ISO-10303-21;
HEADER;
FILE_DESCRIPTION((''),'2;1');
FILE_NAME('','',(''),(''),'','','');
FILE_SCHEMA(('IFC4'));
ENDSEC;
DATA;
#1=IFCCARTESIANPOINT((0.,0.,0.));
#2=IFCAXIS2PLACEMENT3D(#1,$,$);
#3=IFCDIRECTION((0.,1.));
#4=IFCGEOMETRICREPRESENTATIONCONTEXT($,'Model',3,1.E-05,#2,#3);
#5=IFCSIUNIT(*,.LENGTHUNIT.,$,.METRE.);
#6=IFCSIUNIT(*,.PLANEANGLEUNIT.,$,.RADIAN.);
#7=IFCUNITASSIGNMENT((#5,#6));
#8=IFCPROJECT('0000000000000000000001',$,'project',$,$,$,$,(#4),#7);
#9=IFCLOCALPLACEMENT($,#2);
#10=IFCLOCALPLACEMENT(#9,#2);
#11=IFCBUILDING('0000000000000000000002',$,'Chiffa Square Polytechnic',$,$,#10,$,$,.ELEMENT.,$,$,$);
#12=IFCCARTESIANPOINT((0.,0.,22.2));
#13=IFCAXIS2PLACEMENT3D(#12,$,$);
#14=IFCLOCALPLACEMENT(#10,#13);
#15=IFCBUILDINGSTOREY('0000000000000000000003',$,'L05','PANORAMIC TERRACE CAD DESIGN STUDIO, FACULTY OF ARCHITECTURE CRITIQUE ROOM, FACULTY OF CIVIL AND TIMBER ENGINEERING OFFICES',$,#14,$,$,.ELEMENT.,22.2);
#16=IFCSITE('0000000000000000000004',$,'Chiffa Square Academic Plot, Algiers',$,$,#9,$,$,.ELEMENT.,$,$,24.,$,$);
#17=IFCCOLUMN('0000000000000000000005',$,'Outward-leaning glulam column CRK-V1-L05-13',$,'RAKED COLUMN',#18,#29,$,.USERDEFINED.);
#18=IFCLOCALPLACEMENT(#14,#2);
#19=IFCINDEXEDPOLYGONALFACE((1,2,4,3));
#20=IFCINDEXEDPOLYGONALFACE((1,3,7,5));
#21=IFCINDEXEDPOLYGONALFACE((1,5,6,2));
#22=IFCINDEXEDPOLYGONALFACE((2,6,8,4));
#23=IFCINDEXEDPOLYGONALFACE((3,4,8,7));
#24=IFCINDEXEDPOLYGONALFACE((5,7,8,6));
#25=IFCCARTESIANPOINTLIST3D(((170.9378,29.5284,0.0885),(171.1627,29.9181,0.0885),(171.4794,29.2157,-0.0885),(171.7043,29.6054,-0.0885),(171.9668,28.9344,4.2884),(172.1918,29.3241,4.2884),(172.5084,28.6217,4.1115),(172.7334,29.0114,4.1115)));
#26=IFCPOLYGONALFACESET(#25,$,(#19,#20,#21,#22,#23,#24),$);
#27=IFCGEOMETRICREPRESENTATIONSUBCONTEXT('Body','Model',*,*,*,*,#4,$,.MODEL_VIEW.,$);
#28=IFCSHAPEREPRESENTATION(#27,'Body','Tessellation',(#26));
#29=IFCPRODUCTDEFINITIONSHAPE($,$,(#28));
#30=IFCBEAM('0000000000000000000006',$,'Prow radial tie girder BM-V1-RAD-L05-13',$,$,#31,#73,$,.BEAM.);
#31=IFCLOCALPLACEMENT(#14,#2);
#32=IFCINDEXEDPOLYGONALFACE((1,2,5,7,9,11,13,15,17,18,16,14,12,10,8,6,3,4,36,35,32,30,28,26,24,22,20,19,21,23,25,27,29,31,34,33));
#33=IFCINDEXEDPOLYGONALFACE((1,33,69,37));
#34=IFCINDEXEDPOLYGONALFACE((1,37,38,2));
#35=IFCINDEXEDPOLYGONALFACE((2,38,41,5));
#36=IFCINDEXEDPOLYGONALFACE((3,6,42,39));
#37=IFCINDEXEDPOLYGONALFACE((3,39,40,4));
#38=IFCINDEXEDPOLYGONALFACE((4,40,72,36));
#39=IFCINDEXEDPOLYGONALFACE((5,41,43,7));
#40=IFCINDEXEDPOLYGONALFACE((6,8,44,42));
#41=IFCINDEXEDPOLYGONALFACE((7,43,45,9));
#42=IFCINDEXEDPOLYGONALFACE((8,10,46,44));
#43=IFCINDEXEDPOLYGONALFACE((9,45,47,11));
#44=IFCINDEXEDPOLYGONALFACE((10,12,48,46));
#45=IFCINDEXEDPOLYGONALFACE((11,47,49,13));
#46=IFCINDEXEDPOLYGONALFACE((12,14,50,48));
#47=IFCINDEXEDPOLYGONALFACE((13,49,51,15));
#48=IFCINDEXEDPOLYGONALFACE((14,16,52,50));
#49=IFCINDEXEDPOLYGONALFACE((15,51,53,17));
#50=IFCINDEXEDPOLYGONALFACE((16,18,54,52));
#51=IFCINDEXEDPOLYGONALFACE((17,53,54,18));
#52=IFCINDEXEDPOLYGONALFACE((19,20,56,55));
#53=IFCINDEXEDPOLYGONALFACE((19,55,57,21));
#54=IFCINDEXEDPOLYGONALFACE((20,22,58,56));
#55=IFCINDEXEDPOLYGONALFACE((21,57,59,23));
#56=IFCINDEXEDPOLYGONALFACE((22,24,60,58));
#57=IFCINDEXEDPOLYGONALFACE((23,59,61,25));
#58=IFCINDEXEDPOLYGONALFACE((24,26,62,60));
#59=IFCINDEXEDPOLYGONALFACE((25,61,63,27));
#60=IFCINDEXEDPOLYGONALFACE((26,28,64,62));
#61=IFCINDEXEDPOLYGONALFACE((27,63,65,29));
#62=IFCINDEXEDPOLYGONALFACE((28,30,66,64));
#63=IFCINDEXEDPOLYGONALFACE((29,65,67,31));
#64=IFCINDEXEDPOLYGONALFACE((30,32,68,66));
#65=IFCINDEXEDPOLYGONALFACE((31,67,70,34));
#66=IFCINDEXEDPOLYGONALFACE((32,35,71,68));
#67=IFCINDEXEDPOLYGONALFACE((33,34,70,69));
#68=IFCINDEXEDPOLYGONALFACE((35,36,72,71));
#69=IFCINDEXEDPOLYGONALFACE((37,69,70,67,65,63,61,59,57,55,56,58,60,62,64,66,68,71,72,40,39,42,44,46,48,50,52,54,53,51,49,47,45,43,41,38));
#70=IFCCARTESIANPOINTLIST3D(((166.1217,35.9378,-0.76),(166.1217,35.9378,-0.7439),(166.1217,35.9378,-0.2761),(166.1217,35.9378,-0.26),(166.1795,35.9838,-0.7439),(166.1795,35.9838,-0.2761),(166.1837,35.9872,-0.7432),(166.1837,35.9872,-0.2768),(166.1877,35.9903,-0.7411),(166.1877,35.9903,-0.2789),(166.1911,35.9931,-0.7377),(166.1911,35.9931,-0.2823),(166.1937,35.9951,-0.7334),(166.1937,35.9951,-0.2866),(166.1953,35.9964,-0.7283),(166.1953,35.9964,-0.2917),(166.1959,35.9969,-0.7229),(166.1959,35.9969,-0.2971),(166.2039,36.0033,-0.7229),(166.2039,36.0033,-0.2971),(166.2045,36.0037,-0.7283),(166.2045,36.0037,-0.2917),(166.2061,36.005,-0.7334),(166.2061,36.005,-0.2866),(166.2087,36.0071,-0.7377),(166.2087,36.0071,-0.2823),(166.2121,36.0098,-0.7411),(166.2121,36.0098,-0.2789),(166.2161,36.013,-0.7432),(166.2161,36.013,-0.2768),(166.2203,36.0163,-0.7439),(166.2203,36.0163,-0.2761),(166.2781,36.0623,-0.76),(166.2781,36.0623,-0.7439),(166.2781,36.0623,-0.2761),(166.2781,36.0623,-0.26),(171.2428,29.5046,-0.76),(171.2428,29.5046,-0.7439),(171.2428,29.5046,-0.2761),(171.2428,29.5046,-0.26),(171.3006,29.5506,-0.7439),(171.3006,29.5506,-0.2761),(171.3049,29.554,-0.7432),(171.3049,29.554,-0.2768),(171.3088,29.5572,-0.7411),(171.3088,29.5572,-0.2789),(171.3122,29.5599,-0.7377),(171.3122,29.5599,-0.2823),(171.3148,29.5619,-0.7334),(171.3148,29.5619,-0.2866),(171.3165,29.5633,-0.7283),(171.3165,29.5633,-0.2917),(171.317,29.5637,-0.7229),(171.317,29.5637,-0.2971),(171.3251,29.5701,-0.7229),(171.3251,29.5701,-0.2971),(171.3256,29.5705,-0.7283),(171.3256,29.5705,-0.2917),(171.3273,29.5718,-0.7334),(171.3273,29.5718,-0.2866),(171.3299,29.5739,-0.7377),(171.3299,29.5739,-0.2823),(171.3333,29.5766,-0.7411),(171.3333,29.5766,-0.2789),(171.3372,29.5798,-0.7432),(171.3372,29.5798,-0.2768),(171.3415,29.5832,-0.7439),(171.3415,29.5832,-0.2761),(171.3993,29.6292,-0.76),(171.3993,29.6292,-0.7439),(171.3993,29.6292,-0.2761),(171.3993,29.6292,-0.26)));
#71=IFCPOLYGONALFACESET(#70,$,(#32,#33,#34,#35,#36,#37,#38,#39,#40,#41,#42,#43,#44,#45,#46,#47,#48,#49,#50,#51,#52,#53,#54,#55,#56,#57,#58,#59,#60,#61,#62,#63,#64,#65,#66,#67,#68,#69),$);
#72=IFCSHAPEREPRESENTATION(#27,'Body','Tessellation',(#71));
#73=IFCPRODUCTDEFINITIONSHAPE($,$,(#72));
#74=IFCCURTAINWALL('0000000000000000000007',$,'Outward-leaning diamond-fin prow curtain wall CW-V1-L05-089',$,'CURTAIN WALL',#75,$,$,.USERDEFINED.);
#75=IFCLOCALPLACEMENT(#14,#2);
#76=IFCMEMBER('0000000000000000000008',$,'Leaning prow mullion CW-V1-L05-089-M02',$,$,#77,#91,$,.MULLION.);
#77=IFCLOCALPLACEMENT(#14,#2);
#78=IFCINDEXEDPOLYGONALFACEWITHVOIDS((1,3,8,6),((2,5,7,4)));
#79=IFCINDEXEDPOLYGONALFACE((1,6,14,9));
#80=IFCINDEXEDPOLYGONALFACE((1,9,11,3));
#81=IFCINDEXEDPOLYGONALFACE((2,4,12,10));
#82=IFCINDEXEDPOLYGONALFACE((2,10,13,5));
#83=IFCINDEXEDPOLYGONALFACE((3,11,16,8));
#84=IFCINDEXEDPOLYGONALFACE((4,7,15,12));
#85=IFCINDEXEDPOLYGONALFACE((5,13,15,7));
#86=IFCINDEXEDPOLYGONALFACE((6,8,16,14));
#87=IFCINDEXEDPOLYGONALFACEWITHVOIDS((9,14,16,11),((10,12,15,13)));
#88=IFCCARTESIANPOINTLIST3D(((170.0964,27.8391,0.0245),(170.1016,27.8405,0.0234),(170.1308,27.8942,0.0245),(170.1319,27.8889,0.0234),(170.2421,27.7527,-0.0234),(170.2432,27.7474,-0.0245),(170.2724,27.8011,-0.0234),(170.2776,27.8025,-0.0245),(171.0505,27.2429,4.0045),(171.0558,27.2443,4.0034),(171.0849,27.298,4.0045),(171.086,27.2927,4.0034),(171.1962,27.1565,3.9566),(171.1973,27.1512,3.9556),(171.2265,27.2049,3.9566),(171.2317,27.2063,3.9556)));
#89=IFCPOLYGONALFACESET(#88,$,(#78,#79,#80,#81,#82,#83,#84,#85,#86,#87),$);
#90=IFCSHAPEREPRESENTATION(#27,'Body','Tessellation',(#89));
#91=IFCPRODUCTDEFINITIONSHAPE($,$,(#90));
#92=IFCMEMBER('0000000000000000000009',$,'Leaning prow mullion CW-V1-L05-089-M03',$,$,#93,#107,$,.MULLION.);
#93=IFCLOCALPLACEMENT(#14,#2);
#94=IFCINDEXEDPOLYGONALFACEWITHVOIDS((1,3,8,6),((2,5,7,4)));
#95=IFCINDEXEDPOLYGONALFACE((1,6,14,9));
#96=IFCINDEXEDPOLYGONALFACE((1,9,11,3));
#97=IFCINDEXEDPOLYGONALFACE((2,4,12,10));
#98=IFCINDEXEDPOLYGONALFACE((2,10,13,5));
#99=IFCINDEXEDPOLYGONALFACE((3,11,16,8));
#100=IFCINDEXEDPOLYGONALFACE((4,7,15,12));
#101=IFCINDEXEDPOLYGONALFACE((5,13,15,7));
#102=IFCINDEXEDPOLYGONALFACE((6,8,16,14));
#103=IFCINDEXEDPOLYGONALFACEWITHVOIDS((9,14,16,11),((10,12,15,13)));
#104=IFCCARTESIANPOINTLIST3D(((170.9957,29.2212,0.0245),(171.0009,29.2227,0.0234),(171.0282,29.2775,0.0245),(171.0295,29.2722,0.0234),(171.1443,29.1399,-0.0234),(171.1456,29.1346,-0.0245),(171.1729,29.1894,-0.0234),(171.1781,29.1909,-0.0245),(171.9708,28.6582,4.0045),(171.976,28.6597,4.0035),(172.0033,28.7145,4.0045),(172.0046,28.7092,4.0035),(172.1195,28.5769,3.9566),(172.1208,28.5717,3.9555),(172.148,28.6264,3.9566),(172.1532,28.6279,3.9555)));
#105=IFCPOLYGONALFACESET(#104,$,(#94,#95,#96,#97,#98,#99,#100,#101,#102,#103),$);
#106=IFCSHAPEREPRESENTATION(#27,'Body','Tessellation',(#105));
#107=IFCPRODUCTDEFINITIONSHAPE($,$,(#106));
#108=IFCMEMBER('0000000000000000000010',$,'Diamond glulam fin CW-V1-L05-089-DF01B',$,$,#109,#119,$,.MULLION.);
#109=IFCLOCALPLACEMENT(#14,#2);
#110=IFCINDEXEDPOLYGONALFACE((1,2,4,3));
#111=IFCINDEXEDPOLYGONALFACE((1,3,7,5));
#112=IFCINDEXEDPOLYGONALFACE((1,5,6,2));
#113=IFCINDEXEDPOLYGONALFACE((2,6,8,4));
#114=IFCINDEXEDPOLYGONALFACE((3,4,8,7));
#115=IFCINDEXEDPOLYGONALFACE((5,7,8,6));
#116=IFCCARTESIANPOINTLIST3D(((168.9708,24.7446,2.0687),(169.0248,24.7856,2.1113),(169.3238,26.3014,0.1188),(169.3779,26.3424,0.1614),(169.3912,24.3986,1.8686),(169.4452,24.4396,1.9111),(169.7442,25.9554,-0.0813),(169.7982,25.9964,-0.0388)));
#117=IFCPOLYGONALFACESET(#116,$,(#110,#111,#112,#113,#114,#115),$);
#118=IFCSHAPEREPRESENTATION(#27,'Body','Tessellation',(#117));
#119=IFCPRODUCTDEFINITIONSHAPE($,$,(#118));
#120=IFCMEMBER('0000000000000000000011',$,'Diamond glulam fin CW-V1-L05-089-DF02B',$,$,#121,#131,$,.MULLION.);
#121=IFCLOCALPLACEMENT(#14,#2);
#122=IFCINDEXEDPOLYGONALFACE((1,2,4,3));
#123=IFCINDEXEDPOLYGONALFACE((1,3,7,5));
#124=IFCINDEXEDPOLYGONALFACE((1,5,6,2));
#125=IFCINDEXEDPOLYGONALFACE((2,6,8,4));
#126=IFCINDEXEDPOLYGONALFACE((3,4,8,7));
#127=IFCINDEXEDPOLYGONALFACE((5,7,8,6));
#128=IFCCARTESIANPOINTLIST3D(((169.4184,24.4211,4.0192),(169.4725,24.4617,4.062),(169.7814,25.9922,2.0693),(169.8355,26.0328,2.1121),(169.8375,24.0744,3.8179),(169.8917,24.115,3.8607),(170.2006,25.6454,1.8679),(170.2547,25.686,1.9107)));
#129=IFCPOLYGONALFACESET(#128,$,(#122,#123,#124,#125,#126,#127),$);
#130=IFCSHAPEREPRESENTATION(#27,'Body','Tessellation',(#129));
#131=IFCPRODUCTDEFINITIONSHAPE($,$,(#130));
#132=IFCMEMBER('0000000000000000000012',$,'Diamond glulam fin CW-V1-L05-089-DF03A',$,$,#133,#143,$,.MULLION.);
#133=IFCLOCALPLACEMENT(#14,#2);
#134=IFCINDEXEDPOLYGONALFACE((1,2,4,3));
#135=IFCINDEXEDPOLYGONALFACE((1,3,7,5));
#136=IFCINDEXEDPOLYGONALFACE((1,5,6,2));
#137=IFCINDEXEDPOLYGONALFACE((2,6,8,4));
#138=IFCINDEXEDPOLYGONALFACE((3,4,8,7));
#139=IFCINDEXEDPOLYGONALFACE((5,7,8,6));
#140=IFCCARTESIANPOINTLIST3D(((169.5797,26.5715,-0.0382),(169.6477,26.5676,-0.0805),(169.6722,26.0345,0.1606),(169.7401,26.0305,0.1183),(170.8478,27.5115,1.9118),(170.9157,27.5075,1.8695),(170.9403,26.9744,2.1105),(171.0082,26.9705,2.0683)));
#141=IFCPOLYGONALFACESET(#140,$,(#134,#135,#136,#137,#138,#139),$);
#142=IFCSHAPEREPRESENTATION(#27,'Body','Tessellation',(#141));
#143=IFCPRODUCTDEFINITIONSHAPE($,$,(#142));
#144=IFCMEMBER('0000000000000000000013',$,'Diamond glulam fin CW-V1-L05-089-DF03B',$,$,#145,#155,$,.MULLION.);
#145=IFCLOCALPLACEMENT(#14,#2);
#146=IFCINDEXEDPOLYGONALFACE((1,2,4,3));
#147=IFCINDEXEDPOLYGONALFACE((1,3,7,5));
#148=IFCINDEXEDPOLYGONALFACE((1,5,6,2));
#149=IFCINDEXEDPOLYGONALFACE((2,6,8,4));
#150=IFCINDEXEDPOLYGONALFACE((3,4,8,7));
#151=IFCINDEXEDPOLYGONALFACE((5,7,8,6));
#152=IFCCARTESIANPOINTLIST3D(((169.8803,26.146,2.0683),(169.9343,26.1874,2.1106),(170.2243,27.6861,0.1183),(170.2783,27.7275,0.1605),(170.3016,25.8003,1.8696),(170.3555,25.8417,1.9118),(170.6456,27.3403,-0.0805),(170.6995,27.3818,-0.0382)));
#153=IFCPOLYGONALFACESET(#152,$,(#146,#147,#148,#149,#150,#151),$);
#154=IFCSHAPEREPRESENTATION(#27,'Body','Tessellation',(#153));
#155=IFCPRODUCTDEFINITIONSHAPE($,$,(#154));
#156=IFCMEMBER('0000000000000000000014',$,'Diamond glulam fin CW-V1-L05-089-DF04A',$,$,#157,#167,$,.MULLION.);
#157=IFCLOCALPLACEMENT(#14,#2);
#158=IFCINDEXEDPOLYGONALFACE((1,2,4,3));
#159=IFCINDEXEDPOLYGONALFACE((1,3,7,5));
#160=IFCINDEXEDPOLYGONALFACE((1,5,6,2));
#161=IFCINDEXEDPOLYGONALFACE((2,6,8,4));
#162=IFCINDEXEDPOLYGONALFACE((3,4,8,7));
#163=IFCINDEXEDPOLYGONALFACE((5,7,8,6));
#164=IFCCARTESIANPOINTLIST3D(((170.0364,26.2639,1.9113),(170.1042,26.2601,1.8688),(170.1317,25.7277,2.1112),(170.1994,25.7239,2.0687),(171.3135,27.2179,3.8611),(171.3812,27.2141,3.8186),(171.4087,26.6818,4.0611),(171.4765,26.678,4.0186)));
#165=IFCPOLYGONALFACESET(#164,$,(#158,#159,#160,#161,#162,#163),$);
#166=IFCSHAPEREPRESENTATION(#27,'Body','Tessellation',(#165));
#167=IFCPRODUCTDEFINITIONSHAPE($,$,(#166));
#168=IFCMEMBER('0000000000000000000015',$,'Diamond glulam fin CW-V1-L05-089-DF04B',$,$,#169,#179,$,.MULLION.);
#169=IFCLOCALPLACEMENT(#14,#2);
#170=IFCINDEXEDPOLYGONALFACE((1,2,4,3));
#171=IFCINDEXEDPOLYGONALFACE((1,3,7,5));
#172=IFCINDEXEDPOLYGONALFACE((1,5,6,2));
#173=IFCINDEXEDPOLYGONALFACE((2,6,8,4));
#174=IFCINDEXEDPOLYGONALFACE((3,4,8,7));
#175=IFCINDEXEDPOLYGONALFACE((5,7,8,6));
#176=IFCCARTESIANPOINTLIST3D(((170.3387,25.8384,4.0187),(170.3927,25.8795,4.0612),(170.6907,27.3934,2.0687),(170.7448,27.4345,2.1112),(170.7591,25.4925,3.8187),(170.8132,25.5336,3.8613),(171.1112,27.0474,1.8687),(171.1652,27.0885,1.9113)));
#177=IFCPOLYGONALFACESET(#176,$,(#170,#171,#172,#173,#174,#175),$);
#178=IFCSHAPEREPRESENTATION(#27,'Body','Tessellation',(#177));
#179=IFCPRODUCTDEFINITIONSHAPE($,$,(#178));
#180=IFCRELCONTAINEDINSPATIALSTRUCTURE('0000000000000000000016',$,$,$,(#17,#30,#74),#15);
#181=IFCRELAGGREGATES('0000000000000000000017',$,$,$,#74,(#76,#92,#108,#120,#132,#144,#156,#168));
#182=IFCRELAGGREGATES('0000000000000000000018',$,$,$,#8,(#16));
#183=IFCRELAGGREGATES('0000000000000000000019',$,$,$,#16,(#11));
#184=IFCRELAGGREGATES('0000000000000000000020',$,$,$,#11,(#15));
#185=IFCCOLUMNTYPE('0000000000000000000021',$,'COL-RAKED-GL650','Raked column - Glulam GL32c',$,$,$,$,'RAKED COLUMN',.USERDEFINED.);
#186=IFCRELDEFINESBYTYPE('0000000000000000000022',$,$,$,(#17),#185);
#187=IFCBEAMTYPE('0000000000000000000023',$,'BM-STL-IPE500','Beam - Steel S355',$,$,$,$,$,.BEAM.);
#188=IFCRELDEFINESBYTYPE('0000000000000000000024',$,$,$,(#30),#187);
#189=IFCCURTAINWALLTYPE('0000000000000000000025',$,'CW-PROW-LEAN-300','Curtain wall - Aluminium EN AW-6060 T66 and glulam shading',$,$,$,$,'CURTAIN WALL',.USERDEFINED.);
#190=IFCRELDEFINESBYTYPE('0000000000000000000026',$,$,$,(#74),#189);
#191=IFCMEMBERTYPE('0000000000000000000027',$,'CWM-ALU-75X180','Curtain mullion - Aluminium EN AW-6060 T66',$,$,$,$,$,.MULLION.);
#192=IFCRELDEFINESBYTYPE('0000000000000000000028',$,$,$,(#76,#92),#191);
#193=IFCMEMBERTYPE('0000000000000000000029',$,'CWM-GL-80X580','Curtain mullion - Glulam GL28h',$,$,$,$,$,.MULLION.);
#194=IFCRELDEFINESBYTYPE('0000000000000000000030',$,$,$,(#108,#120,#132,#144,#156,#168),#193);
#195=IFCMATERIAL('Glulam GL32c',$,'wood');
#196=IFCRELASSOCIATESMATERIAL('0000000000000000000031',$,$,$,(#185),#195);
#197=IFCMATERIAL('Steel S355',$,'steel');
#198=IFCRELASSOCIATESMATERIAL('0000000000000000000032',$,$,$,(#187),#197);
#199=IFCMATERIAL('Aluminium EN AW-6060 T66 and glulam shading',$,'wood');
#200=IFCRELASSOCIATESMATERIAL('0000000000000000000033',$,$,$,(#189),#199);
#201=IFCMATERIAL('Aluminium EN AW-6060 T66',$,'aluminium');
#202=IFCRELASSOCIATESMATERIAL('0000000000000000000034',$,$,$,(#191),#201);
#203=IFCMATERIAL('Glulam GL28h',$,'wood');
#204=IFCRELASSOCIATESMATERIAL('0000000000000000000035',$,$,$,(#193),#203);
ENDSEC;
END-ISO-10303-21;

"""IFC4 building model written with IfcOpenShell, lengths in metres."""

from ifc_helpers import new_model, si_unit, direction, frame, origin, origin_2d, place, context, subcontext, project, spatial, rectangle, hollow_rectangle, i_section, extrude, material, material_profile, profile_set, type_object, element, aggregate, save


model = new_model("IFC4")

# Units and contexts
model_context = context("Model", 3, precision=1e-05, world=origin(), true_north=direction((0.0, 1.0)))
body_context = subcontext(model_context, "Body", "Model", "MODEL_VIEW")
ifc_project = project(units=[si_unit("LENGTHUNIT", "METRE"), si_unit("PLANEANGLEUNIT", "RADIAN")], contexts=[model_context])

# Site, building, storey
site_placement = place(None, origin())
site = spatial("IfcSite", under=ifc_project, at=site_placement, Name="Chiffa Square Academic Plot, Algiers", CompositionType="ELEMENT", RefElevation=24.0)
building_placement = place(site_placement, origin())
building = spatial("IfcBuilding", under=site, at=building_placement, Name="Chiffa Square Polytechnic", CompositionType="ELEMENT")
storey_placement = place(building_placement, frame((0.0, 0.0, 22.2)))
storey = spatial("IfcBuildingStorey", under=building, at=storey_placement, Name="L05", Description="PANORAMIC TERRACE CAD DESIGN STUDIO, FACULTY OF ARCHITECTURE CRITIQUE ROOM, FACULTY OF CIVIL AND TIMBER ENGINEERING OFFICES", CompositionType="ELEMENT", Elevation=22.2)

# Column
ifc_material_1 = material(Name="Glulam GL32c", Category="wood")
ifc_material_profile_1 = material_profile(ifc_material_1, rectangle(XDim=0.45, YDim=0.6499, at=origin_2d()), Name="GL32c 450x650")
ifc_profile_set_1 = profile_set([ifc_material_profile_1], Name="Glulam GL32c")
column_type = type_object("IfcColumnType", Name="COL-RAKED-GL650", Description="Raked column - Glulam GL32c", ElementType="RAKED COLUMN", PredefinedType="USERDEFINED", material=ifc_profile_set_1)
column_placement = place(storey_placement, frame((171.321, 29.5669, 0.0), z_axis=(0.235762, -0.136088, 0.962235), x_axis=(0.499918, 0.866073, 0.0)))
element("IfcColumn", 1, at=column_placement, inside=storey, type_object=column_type, Name="Outward-leaning glulam column CRK-V1-L05-13", ObjectType="RAKED COLUMN", PredefinedType="USERDEFINED", context=body_context, shape_type="SweptSolid", body=[
    extrude(rectangle(XDim=0.45, YDim=0.6499, at=origin_2d()), origin(), (0.0, 0.0, 1.0), 4.3647),
])

# Beam
ifc_material_2 = material(Name="Steel S355", Category="steel")
ifc_material_profile_2 = material_profile(ifc_material_2, i_section(OverallWidth=0.2, OverallDepth=0.5, WebThickness=0.0103, FlangeThickness=0.0161, FilletRadius=0.021, at=origin_2d()), Name="IPE 500")
ifc_profile_set_2 = profile_set([ifc_material_profile_2], Name="Steel S355")
beam_type_1 = type_object("IfcBeamType", Name="BM-STL-IPE500", Description="Beam - Steel S355", PredefinedType="BEAM", material=ifc_profile_set_2)
beam_1_placement = place(storey_placement, frame((171.321, 29.5669, -0.51), z_axis=(-0.62281, 0.782373, 0.0), x_axis=(-0.782373, -0.62281, 0.0)))
element("IfcBeam", 2, at=beam_1_placement, inside=storey, type_object=beam_type_1, Name="Prow radial tie girder BM-V1-RAD-L05-13", PredefinedType="BEAM", context=body_context, shape_type="SweptSolid", body=[
    extrude(i_section(OverallWidth=0.2, OverallDepth=0.5, WebThickness=0.0103, FlangeThickness=0.0161, FilletRadius=0.021, at=origin_2d()), origin(), (0.0, 0.0, 1.0), 8.2227),
])

# Curtain wall, members
ifc_material_3 = material(Name="Aluminium EN AW-6060 T66 and glulam shading", Category="wood")
curtain_wall_type_1 = type_object("IfcCurtainWallType", Name="CW-PROW-LEAN-300", Description="Curtain wall - Aluminium EN AW-6060 T66 and glulam shading", ElementType="CURTAIN WALL", PredefinedType="USERDEFINED", material=ifc_material_3)
curtain_wall_1_placement = place(storey_placement, origin())
curtain_wall_1 = element("IfcCurtainWall", 3, at=curtain_wall_1_placement, inside=storey, type_object=curtain_wall_type_1, Name="Outward-leaning diamond-fin prow curtain wall CW-V1-L05-089", ObjectType="CURTAIN WALL", PredefinedType="USERDEFINED")
ifc_material_4 = material(Name="Aluminium EN AW-6060 T66", Category="aluminium")
ifc_material_profile_3 = material_profile(ifc_material_4, hollow_rectangle(XDim=0.0649, YDim=0.1799, WallThickness=0.0039, at=origin_2d()), Name="ALU 65x180x4")
ifc_profile_set_3 = profile_set([ifc_material_profile_3], Name="Aluminium EN AW-6060 T66")
member_type_1 = type_object("IfcMemberType", Name="CWM-ALU-75X180", Description="Curtain mullion - Aluminium EN AW-6060 T66", PredefinedType="MULLION", material=ifc_profile_set_3)
member_1_placement = place(storey_placement, frame((170.187, 27.8208, 0.0), z_axis=(0.230686, -0.144149, 0.962292), x_axis=(0.529921, 0.848047, 0.0)))
member_1 = element("IfcMember", 4, at=member_1_placement, type_object=member_type_1, Name="Leaning prow mullion CW-V1-L05-089-M02", PredefinedType="MULLION", context=body_context, shape_type="SweptSolid", body=[
    extrude(hollow_rectangle(XDim=0.0649, YDim=0.1799, WallThickness=0.0039, at=origin_2d()), origin(), (0.0, 0.0, 1.0), 4.136),
])
member_2_placement = place(storey_placement, frame((171.0869, 29.2061, 0.0), z_axis=(0.235748, -0.136113, 0.962235), x_axis=(0.50001, 0.866019, 0.0)))
member_2 = element("IfcMember", 5, at=member_2_placement, type_object=member_type_1, Name="Leaning prow mullion CW-V1-L05-089-M03", PredefinedType="MULLION", context=body_context, shape_type="SweptSolid", body=[
    extrude(hollow_rectangle(XDim=0.0649, YDim=0.1799, WallThickness=0.0039, at=origin_2d()), origin(), (0.0, 0.0, 1.0), 4.1362),
])
ifc_material_5 = material(Name="Glulam GL28h", Category="wood")
ifc_material_profile_4 = material_profile(ifc_material_5, rectangle(XDim=0.0801, YDim=0.5801, at=origin_2d()), Name="GL28h 80x580")
ifc_profile_set_4 = profile_set([ifc_material_profile_4], Name="Glulam GL28h")
member_type_2 = type_object("IfcMemberType", Name="CWM-GL-80X580", Description="Curtain mullion - Glulam GL28h", PredefinedType="MULLION", material=ifc_profile_set_4)
member_3_placement = place(storey_placement, frame((169.561, 26.1489, 0.04), z_axis=(-0.140085, -0.617791, 0.773764), x_axis=(0.674659, 0.512426, 0.531276)))
member_3 = element("IfcMember", 6, at=member_3_placement, type_object=member_type_2, Name="Diamond glulam fin CW-V1-L05-089-DF01B", PredefinedType="MULLION", context=body_context, shape_type="SweptSolid", body=[
    extrude(rectangle(XDim=0.0801, YDim=0.5801, at=origin_2d()), origin(), (0.0, 0.0, 1.0), 2.52),
])
member_4_placement = place(storey_placement, frame((170.0181, 25.8391, 1.99), z_axis=(-0.143477, -0.620899, 0.770648), x_axis=(0.676172, 0.507102, 0.534452)))
member_4 = element("IfcMember", 7, at=member_4_placement, type_object=member_type_2, Name="Diamond glulam fin CW-V1-L05-089-DF02B", PredefinedType="MULLION", context=body_context, shape_type="SweptSolid", body=[
    extrude(rectangle(XDim=0.0801, YDim=0.5801, at=origin_2d()), origin(), (0.0, 0.0, 1.0), 2.5303),
])
member_5_placement = place(storey_placement, frame((169.6599, 26.301, 0.04), z_axis=(0.505459, 0.374666, 0.777262), x_axis=(-0.848012, 0.049366, 0.527672)))
member_5 = element("IfcMember", 8, at=member_5_placement, type_object=member_type_2, Name="Diamond glulam fin CW-V1-L05-089-DF03A", PredefinedType="MULLION", context=body_context, shape_type="SweptSolid", body=[
    extrude(rectangle(XDim=0.0801, YDim=0.5801, at=origin_2d()), origin(), (0.0, 0.0, 1.0), 2.5088),
])
member_6_placement = place(storey_placement, frame((170.4619, 27.5339, 0.04), z_axis=(-0.137134, -0.613939, 0.777351), x_axis=(0.67366, 0.517533, 0.527581)))
member_6 = element("IfcMember", 9, at=member_6_placement, type_object=member_type_2, Name="Diamond glulam fin CW-V1-L05-089-DF03B", PredefinedType="MULLION", context=body_context, shape_type="SweptSolid", body=[
    extrude(rectangle(XDim=0.0801, YDim=0.5801, at=origin_2d()), origin(), (0.0, 0.0, 1.0), 2.5085),
])
member_7_placement = place(storey_placement, frame((170.1179, 25.9939, 1.99), z_axis=(0.507057, 0.378815, 0.774205), x_axis=(-0.846138, 0.047711, 0.530824)))
member_7 = element("IfcMember", 10, at=member_7_placement, type_object=member_type_2, Name="Diamond glulam fin CW-V1-L05-089-DF04A", PredefinedType="MULLION", context=body_context, shape_type="SweptSolid", body=[
    extrude(rectangle(XDim=0.0801, YDim=0.5801, at=origin_2d()), origin(), (0.0, 0.0, 1.0), 2.5186),
])
member_8_placement = place(storey_placement, frame((170.928, 27.241, 1.99), z_axis=(-0.139772, -0.617345, 0.774177), x_axis=(0.674568, 0.512984, 0.530853)))
member_8 = element("IfcMember", 11, at=member_8_placement, type_object=member_type_2, Name="Diamond glulam fin CW-V1-L05-089-DF04B", PredefinedType="MULLION", context=body_context, shape_type="SweptSolid", body=[
    extrude(rectangle(XDim=0.0801, YDim=0.5801, at=origin_2d()), origin(), (0.0, 0.0, 1.0), 2.5188),
])

aggregate(curtain_wall_1, [member_1, member_2, member_3, member_4, member_5, member_6, member_7, member_8])

save(model, "model.ifc")
